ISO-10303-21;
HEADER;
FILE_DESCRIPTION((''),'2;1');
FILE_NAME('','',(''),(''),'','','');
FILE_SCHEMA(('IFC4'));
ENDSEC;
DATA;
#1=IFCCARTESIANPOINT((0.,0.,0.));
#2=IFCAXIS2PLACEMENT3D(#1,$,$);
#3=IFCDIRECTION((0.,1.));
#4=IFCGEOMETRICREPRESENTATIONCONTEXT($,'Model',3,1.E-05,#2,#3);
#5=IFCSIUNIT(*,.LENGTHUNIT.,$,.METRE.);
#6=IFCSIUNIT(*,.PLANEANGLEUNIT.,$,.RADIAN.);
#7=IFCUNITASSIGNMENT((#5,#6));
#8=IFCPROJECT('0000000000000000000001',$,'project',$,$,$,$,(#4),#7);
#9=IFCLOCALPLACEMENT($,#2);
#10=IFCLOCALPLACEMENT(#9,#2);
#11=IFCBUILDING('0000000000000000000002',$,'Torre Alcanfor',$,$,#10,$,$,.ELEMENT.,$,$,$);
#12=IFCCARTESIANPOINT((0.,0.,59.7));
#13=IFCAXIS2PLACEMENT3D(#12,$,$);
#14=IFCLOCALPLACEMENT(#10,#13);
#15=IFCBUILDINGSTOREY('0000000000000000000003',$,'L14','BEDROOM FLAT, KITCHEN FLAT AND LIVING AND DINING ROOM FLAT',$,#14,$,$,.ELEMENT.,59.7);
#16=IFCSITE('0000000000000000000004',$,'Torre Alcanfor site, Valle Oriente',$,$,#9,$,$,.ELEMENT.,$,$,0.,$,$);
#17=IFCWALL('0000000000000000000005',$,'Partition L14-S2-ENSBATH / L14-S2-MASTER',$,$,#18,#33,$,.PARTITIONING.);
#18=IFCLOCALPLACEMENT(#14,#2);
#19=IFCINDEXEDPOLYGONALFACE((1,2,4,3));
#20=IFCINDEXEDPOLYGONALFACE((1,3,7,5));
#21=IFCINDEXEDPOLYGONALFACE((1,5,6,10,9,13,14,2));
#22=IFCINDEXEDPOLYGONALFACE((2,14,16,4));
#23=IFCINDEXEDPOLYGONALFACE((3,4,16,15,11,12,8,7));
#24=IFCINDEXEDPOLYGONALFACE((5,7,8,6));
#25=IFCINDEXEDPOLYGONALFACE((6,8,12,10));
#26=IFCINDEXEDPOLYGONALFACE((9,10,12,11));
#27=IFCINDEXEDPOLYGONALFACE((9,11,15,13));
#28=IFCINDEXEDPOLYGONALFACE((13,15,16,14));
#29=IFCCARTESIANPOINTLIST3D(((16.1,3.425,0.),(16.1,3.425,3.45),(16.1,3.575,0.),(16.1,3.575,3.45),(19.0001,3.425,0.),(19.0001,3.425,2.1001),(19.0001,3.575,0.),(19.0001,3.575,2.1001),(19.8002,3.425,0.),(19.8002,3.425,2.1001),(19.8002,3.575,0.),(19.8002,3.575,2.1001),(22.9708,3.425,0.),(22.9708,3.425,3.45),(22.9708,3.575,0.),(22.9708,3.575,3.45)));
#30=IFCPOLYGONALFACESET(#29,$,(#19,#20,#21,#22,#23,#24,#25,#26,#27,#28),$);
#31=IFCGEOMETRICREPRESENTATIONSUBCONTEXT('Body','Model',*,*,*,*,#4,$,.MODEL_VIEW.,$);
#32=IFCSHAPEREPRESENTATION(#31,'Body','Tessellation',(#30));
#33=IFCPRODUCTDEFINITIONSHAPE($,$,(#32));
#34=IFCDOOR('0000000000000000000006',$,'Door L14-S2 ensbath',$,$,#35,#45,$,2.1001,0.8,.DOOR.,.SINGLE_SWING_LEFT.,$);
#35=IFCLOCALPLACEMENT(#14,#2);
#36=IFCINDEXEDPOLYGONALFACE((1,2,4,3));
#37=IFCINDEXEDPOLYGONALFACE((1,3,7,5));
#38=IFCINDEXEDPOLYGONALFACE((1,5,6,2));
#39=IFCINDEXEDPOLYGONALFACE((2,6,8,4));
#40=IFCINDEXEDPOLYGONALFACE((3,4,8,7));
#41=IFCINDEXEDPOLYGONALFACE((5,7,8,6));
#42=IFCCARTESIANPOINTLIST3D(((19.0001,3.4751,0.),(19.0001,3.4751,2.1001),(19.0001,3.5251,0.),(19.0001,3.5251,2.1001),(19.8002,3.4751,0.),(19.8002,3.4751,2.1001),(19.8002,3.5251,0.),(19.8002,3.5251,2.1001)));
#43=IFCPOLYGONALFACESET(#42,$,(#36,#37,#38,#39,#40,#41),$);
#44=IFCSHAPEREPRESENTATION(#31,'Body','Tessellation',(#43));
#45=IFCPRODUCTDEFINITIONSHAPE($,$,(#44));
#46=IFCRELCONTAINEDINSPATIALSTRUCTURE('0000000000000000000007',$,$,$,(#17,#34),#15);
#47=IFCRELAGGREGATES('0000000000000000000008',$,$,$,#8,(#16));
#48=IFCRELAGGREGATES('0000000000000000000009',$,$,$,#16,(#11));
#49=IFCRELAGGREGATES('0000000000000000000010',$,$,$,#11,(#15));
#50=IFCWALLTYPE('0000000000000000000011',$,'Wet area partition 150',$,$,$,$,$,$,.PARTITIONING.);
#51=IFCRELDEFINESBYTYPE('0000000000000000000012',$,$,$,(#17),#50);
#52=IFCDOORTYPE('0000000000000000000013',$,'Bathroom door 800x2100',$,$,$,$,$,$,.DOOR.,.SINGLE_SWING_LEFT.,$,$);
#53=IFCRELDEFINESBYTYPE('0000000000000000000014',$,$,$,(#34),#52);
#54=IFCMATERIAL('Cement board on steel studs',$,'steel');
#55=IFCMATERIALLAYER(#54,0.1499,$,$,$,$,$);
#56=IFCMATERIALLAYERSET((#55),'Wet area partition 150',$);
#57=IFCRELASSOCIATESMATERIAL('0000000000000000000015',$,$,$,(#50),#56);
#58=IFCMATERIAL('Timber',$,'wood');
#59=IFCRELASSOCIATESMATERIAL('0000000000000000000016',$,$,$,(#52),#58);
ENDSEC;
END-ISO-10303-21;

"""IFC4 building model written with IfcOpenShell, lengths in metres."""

from ifc_helpers import new_model, si_unit, direction, frame, frame_2d, origin, place, context, subcontext, project, spatial, rectangle, extrude, material, layer, layer_set, type_object, element, fill, save


model = new_model("IFC4")

# Units and contexts
model_context = context("Model", 3, precision=1e-05, world=origin(), true_north=direction((0.0, 1.0)))
body_context = subcontext(model_context, "Body", "Model", "MODEL_VIEW")
ifc_project = project(units=[si_unit("LENGTHUNIT", "METRE"), si_unit("PLANEANGLEUNIT", "RADIAN")], contexts=[model_context])

# Site, building, storey
site_placement = place(None, origin())
site = spatial("IfcSite", under=ifc_project, at=site_placement, Name="Torre Alcanfor site, Valle Oriente", CompositionType="ELEMENT", RefElevation=0.0)
building_placement = place(site_placement, origin())
building = spatial("IfcBuilding", under=site, at=building_placement, Name="Torre Alcanfor", CompositionType="ELEMENT")
storey_placement = place(building_placement, frame((0.0, 0.0, 59.7)))
storey = spatial("IfcBuildingStorey", under=building, at=storey_placement, Name="L14", Description="BEDROOM FLAT, KITCHEN FLAT AND LIVING AND DINING ROOM FLAT", CompositionType="ELEMENT", Elevation=59.7)

# Shared definitions
ifc_material_1 = material(Name="Cement board on steel studs", Category="steel")
ifc_layer_1 = layer(ifc_material_1, 0.1499)
ifc_layer_set_1 = layer_set([ifc_layer_1], Name="Wet area partition 150")
wall_type_1 = type_object("IfcWallType", Name="Wet area partition 150", PredefinedType="PARTITIONING", material=ifc_layer_set_1)

# Wall, opening, door
wall_1_placement = place(storey_placement, frame((22.9709, 3.5, 0.0), z_axis=(0.0, 0.0, 1.0), x_axis=(-1.0, 0.0, 0.0)))
wall_1 = element("IfcWall", 1, at=wall_1_placement, inside=storey, type_object=wall_type_1, Name="Partition L14-S2-ENSBATH / L14-S2-MASTER", PredefinedType="PARTITIONING", context=body_context, shape_type="SweptSolid", body=[
    extrude(rectangle(XDim=6.8708, YDim=0.1499, at=frame_2d((3.4355, 0.0))), origin(), (0.0, 0.0, 1.0), 3.45),
])
opening_1_placement = place(wall_1_placement, frame((3.1709, 0.0, 0.0)))
opening_1 = element("IfcOpeningElement", 2, at=opening_1_placement, cuts=wall_1, PredefinedType="OPENING", context=body_context, shape_type="SweptSolid", body=[
    extrude(rectangle(XDim=0.8, YDim=2.1001, at=frame_2d((0.3999, 1.05))), frame((0.0, 0.085, 0.0), z_axis=(0.0, -1.0, 0.0), x_axis=(1.0, 0.0, 0.0)), (0.0, 0.0, 1.0), 0.1699),
])
ifc_material_2 = material(Name="Timber", Category="wood")
door_type_1 = type_object("IfcDoorType", Name="Bathroom door 800x2100", OperationType="SINGLE_SWING_LEFT", PredefinedType="DOOR", material=ifc_material_2)
door_1_placement = place(opening_1_placement, frame((0.8, 0.0, 0.0), z_axis=(0.0, 0.0, 1.0), x_axis=(-1.0, 0.0, 0.0)))
door_1 = element("IfcDoor", 3, at=door_1_placement, inside=storey, type_object=door_type_1, Name="Door L14-S2 ensbath", OperationType="SINGLE_SWING_LEFT", OverallHeight=2.1001, OverallWidth=0.8, PredefinedType="DOOR", context=body_context, shape_type="SweptSolid", body=[
    extrude(rectangle(XDim=0.8, YDim=2.1001, at=frame_2d((0.4001, 1.05))), frame((0.0, 0.0251, 0.0), z_axis=(0.0, -1.0, 0.0), x_axis=(1.0, 0.0, 0.0)), (0.0, 0.0, 1.0), 0.05),
])
fill(opening_1, door_1)

save(model, "model.ifc")
